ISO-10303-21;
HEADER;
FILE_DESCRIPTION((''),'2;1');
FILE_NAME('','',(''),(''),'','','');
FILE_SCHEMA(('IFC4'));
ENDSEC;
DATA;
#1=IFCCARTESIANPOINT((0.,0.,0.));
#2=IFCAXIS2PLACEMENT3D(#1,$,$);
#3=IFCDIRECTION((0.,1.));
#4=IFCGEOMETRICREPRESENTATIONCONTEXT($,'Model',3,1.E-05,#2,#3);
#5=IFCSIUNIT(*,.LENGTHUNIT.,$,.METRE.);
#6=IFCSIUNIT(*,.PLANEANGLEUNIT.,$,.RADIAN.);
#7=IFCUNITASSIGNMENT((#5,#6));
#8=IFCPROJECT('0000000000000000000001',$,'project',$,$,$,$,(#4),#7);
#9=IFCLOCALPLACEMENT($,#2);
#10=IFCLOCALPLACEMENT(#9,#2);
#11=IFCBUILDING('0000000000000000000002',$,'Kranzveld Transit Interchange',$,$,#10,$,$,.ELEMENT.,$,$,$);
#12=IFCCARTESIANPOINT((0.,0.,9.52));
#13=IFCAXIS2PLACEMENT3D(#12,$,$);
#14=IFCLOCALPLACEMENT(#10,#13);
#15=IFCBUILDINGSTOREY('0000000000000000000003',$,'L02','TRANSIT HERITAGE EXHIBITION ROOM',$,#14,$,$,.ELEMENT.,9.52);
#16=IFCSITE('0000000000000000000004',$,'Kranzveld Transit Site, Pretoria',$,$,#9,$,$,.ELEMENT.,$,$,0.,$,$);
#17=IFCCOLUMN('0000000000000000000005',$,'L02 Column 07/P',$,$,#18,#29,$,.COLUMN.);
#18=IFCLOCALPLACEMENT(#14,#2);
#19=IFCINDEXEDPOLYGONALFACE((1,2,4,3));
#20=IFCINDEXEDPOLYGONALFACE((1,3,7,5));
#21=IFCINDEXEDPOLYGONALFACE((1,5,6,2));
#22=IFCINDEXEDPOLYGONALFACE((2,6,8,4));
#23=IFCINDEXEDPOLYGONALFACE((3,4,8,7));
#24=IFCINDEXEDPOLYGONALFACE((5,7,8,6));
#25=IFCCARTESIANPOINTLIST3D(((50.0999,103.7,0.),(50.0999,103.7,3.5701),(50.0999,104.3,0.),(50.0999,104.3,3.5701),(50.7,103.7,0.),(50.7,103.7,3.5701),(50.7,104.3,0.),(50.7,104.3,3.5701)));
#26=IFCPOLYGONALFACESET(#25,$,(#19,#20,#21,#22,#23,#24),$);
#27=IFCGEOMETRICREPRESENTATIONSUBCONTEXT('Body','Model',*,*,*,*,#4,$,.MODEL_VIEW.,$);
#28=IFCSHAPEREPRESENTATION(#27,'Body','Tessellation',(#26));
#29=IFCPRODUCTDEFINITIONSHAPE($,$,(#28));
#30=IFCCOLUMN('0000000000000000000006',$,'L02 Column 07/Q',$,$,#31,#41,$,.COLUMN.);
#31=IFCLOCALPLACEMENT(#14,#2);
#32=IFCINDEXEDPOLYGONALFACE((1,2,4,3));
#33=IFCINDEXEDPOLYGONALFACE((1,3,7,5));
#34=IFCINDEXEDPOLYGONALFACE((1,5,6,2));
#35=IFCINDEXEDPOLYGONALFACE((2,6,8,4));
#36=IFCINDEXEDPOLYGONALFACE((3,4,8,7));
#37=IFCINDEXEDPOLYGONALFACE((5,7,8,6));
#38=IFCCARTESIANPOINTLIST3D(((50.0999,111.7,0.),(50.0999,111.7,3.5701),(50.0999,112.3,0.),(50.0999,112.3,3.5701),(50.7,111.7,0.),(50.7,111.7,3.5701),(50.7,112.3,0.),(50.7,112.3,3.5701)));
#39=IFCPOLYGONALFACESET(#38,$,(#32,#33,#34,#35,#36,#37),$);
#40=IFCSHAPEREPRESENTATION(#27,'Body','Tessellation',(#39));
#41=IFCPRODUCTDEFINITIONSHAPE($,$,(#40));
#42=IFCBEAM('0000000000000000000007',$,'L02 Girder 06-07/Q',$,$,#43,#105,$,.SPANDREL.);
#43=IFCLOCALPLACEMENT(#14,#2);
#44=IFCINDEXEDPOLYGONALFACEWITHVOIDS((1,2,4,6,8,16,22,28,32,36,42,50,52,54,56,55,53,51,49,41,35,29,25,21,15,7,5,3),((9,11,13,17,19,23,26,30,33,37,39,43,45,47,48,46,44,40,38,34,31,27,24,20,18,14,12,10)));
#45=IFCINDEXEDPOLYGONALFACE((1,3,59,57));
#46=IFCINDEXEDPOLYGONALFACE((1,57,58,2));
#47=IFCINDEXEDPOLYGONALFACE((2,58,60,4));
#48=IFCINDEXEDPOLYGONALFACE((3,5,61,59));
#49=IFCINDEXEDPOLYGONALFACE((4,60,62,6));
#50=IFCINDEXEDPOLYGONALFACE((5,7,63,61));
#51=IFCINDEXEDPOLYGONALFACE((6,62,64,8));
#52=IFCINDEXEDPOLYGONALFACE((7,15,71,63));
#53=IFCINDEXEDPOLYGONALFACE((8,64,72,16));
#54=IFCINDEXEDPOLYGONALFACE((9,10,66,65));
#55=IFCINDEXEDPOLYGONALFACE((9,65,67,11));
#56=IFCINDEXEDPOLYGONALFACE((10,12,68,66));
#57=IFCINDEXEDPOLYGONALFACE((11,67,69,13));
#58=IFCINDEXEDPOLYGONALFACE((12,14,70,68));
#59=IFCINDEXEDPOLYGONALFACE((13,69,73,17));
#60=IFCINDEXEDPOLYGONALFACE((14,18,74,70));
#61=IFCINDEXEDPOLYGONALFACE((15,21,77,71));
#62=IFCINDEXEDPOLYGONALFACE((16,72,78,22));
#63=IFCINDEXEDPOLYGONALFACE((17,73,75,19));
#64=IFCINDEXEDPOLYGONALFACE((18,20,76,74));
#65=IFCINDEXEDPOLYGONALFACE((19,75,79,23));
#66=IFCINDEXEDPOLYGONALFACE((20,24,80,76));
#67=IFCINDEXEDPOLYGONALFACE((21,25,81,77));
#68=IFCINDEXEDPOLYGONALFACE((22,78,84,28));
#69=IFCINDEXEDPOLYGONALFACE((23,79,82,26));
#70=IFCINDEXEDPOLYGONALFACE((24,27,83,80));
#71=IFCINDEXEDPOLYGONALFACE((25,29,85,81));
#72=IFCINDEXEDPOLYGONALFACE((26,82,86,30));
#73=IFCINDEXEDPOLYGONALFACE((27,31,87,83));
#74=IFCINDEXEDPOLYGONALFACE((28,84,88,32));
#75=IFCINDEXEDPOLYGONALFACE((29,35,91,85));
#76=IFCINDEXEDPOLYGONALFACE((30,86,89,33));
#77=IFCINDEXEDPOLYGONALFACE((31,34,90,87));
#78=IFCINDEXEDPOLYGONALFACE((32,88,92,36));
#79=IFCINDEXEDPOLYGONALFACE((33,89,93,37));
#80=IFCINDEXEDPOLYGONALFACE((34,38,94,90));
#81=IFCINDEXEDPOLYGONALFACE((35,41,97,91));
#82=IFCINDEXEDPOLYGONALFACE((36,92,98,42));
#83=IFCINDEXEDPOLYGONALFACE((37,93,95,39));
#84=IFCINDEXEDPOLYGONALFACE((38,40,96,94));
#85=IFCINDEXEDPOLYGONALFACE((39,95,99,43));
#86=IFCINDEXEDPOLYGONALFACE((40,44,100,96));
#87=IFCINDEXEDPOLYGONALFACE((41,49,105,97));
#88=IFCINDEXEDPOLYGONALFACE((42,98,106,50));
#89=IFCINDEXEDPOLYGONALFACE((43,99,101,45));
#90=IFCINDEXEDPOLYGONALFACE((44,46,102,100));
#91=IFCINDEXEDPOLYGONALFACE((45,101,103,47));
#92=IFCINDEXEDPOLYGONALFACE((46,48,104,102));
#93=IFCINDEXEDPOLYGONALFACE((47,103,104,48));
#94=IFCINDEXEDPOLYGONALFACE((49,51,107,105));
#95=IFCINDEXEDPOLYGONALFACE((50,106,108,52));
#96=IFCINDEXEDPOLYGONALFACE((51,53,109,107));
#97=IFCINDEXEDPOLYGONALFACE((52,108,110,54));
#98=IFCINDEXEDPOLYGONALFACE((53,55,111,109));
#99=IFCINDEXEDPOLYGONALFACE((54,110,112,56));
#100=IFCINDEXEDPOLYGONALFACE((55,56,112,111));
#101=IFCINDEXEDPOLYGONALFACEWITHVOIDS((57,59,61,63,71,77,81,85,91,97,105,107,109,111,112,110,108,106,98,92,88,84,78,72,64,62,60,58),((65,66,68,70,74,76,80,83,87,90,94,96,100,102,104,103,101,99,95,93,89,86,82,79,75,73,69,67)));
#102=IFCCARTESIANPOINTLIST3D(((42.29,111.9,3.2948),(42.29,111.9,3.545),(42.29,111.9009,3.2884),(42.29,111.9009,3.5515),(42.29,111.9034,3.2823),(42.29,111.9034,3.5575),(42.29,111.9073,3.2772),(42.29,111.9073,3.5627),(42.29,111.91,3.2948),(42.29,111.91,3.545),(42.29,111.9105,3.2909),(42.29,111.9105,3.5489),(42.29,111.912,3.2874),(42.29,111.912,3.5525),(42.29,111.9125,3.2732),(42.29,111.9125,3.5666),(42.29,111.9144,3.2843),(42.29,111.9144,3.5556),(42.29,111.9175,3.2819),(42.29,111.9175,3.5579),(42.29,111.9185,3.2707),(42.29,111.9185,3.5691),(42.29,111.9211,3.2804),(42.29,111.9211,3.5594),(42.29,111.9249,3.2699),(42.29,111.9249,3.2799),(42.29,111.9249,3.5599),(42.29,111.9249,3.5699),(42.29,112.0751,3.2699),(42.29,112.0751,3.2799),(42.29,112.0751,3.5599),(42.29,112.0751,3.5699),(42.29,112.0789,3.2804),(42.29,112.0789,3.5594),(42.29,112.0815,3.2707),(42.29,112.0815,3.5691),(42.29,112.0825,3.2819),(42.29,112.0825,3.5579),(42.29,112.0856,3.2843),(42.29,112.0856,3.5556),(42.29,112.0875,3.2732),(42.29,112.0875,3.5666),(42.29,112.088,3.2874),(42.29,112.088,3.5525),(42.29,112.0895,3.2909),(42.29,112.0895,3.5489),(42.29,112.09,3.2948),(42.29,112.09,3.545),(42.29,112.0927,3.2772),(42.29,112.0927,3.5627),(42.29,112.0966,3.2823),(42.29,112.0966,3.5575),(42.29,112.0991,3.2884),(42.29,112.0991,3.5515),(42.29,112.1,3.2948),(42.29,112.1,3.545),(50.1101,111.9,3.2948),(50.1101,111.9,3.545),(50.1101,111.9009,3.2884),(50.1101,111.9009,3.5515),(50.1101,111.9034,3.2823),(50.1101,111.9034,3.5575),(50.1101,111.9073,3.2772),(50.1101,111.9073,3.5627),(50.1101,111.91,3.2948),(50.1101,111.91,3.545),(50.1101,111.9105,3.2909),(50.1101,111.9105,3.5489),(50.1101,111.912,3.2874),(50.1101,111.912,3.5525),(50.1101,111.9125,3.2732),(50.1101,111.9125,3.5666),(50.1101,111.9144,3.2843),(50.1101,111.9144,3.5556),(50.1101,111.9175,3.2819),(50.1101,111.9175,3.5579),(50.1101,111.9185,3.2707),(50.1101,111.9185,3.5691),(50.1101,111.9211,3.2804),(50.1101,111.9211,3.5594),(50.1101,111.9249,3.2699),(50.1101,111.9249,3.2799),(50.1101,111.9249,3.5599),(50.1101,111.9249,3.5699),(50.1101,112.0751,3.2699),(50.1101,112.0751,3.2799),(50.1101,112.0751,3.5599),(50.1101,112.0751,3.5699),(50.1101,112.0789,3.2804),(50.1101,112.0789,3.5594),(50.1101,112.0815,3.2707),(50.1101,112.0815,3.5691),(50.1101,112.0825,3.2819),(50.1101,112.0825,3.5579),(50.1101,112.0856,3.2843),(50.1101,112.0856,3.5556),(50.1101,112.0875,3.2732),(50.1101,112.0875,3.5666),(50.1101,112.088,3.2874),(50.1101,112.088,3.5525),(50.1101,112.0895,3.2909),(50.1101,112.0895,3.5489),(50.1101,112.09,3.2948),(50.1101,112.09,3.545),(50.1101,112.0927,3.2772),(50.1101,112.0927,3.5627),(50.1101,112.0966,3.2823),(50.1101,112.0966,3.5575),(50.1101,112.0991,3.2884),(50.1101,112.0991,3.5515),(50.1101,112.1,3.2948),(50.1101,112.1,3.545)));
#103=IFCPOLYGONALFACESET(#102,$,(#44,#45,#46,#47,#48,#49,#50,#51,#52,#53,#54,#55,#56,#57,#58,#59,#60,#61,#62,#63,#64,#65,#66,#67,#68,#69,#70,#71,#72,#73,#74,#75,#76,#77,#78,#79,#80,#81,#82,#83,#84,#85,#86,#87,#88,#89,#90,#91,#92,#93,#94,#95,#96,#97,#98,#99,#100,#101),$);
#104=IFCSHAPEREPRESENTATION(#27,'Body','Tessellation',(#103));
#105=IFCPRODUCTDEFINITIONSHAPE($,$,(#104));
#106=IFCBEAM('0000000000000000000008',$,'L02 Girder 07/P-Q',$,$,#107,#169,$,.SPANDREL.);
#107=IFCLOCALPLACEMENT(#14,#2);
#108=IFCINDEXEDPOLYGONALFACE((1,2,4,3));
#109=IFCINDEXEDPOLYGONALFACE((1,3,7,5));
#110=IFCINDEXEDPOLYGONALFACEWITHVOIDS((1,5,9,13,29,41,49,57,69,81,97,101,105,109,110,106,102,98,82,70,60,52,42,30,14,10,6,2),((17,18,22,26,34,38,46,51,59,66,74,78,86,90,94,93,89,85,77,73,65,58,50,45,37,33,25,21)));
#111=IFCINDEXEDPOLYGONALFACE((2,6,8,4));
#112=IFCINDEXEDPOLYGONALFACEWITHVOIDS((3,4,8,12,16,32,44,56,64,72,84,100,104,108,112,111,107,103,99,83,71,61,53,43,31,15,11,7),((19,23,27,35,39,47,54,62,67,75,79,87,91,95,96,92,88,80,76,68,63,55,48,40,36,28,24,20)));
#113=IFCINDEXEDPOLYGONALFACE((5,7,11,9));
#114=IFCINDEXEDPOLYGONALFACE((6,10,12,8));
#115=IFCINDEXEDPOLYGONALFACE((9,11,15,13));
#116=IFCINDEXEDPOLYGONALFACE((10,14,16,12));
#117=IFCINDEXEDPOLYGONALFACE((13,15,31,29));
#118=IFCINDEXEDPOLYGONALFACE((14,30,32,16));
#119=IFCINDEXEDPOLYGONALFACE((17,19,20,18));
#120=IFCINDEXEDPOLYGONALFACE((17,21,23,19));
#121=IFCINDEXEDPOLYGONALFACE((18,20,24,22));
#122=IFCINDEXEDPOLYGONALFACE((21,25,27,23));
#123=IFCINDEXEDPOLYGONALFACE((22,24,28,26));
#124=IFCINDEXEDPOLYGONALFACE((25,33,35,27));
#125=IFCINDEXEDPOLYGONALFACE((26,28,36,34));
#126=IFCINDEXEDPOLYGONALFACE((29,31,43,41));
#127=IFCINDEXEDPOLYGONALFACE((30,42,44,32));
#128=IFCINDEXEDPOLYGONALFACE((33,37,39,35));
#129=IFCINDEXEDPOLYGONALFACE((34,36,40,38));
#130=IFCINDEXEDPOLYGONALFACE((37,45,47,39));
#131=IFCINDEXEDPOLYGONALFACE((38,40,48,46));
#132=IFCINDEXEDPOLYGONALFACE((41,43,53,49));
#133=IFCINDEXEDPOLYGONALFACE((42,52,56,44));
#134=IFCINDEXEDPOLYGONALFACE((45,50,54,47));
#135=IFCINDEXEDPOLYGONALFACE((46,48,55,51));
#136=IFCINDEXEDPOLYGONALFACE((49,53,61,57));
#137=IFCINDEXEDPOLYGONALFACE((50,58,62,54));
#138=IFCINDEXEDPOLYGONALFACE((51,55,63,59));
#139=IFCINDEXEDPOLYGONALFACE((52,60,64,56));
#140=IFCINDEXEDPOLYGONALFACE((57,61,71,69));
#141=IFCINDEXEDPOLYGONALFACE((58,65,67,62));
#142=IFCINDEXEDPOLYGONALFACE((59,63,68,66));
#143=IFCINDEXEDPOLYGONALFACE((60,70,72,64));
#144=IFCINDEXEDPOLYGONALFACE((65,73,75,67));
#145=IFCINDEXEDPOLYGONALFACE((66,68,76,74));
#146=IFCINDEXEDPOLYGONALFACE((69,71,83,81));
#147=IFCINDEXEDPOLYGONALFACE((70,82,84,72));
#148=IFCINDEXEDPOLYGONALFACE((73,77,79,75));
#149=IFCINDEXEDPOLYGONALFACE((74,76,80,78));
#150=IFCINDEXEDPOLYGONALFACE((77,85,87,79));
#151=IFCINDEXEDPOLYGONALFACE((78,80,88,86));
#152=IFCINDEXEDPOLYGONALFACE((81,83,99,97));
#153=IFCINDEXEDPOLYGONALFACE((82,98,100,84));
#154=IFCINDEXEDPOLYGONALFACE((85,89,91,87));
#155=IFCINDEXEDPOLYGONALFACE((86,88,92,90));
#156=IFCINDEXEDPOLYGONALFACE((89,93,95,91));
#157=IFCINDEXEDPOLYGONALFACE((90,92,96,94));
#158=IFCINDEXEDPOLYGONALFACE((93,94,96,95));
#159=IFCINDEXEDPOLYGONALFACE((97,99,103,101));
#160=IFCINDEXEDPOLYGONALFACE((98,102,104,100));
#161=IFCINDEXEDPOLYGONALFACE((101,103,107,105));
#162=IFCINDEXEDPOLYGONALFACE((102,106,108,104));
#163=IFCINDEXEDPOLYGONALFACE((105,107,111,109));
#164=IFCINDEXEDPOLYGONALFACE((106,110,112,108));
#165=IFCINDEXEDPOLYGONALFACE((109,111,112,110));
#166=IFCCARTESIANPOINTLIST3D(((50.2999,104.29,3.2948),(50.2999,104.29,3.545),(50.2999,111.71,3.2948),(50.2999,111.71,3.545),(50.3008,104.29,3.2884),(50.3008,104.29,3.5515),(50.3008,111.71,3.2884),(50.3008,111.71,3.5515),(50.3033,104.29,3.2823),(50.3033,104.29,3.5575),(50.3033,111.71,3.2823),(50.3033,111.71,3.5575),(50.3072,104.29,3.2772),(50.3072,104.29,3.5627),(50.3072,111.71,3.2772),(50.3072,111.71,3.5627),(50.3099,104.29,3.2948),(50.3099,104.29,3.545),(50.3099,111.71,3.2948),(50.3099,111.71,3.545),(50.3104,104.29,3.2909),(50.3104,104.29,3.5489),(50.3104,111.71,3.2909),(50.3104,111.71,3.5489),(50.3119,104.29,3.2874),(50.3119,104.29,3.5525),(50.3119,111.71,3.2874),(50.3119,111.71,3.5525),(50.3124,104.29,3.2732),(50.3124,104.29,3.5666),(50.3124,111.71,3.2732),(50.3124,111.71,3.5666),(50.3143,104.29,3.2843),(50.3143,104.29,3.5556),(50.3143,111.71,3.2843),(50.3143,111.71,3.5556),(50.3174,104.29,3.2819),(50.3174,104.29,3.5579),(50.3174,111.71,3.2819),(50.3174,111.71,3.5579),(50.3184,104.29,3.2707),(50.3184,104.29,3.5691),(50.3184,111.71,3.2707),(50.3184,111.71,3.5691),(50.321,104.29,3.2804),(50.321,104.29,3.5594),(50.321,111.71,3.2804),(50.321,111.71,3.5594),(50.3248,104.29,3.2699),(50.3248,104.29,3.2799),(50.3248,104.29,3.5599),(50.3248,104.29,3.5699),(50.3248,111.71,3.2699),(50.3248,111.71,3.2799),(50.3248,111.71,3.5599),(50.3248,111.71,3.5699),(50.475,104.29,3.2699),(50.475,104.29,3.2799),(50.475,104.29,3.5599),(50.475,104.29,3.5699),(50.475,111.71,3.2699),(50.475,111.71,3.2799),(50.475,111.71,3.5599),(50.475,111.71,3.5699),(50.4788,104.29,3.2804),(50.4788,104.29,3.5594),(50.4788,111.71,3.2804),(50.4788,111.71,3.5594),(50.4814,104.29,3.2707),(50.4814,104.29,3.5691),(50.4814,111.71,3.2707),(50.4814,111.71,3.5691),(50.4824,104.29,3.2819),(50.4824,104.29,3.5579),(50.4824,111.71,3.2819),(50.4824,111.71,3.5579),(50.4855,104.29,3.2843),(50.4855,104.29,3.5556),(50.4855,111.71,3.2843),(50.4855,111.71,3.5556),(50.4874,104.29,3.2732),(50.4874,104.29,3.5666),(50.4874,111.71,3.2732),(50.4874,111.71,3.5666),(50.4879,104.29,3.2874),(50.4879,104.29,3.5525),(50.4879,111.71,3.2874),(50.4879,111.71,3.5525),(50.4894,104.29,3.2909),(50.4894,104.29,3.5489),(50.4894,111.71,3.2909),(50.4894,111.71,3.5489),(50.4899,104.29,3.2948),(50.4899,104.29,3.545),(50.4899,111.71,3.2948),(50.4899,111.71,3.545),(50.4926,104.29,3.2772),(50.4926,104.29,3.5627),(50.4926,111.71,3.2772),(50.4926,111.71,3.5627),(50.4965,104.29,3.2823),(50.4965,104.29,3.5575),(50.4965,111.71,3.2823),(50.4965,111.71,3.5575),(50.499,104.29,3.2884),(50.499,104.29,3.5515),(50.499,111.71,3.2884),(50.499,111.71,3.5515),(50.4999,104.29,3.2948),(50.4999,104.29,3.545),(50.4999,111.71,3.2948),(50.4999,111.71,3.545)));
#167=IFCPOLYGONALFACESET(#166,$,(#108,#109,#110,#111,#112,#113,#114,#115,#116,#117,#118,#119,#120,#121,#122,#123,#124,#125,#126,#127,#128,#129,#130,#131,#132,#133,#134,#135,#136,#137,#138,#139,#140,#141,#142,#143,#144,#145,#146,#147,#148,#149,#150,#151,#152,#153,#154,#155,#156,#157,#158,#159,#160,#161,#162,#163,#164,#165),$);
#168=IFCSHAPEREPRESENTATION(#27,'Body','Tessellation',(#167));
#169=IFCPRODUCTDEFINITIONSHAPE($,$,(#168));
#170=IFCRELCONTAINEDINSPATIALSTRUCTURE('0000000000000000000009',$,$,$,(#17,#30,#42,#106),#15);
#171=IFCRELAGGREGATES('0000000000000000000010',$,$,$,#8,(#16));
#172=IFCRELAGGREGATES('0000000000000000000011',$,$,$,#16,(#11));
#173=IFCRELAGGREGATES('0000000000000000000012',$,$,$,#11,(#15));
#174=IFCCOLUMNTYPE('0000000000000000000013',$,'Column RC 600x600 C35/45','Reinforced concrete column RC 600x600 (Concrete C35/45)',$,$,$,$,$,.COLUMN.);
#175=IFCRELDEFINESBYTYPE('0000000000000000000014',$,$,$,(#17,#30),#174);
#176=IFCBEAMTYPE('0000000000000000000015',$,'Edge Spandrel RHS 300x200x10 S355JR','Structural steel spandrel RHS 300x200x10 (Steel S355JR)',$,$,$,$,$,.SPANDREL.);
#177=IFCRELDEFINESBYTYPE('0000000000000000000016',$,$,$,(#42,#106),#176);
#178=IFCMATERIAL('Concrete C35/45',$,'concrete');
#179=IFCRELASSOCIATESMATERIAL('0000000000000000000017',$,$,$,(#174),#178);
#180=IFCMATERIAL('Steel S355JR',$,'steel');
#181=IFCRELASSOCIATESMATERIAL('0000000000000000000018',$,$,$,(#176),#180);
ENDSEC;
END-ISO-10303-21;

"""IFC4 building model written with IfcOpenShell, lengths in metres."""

from ifc_helpers import new_model, si_unit, direction, frame, origin, origin_2d, place, context, subcontext, project, spatial, rectangle, hollow_rectangle, extrude, material, material_profile, profile_set, type_object, element, save


model = new_model("IFC4")

# Units and contexts
model_context = context("Model", 3, precision=1e-05, world=origin(), true_north=direction((0.0, 1.0)))
body_context = subcontext(model_context, "Body", "Model", "MODEL_VIEW")
ifc_project = project(units=[si_unit("LENGTHUNIT", "METRE"), si_unit("PLANEANGLEUNIT", "RADIAN")], contexts=[model_context])

# Site, building, storey
site_placement = place(None, origin())
site = spatial("IfcSite", under=ifc_project, at=site_placement, Name="Kranzveld Transit Site, Pretoria", CompositionType="ELEMENT", RefElevation=0.0)
building_placement = place(site_placement, origin())
building = spatial("IfcBuilding", under=site, at=building_placement, Name="Kranzveld Transit Interchange", CompositionType="ELEMENT")
storey_placement = place(building_placement, frame((0.0, 0.0, 9.52)))
storey = spatial("IfcBuildingStorey", under=building, at=storey_placement, Name="L02", Description="TRANSIT HERITAGE EXHIBITION ROOM", CompositionType="ELEMENT", Elevation=9.52)

# Columns
ifc_material_1 = material(Name="Concrete C35/45", Category="concrete")
ifc_material_profile_1 = material_profile(ifc_material_1, rectangle(XDim=0.6001, YDim=0.6001, at=origin_2d()), Name="RC 600x600")
ifc_profile_set_1 = profile_set([ifc_material_profile_1], Name="Concrete C35/45")
column_type = type_object("IfcColumnType", Name="Column RC 600x600 C35/45", Description="Reinforced concrete column RC 600x600 (Concrete C35/45)", PredefinedType="COLUMN", material=ifc_profile_set_1)
for number, where, z_axis, x_axis, name in (
    (1, (50.3999, 104.0, 0.0), (0.0, 0.0, 1.0), (1.0, 0.0, 0.0), "L02 Column 07/P"),
    (2, (50.3999, 112.0, 0.0), (0.0, 0.0, 1.0), (1.0, 0.0, 0.0), "L02 Column 07/Q"),
):
    element("IfcColumn", number, at=place(storey_placement, frame(where, z_axis=z_axis, x_axis=x_axis)), inside=storey, type_object=column_type, Name=name, PredefinedType="COLUMN", context=body_context, shape_type="SweptSolid", body=[
        extrude(rectangle(XDim=0.6001, YDim=0.6001, at=origin_2d()), origin(), (0.0, 0.0, 1.0), 3.5701),
    ])

# Beams
ifc_material_2 = material(Name="Steel S355JR", Category="steel")
ifc_material_profile_2 = material_profile(ifc_material_2, hollow_rectangle(XDim=0.2, YDim=0.3, WallThickness=0.01, InnerFilletRadius=0.0149, OuterFilletRadius=0.0249, at=origin_2d()), Name="RHS 300x200x10")
ifc_profile_set_2 = profile_set([ifc_material_profile_2], Name="Steel S355JR")
beam_type_1 = type_object("IfcBeamType", Name="Edge Spandrel RHS 300x200x10 S355JR", Description="Structural steel spandrel RHS 300x200x10 (Steel S355JR)", PredefinedType="SPANDREL", material=ifc_profile_set_2)
beam_1_placement = place(storey_placement, frame((42.29, 112.0, 3.4199), z_axis=(1.0, 0.0, 0.0), x_axis=(0.0, 1.0, 0.0)))
element("IfcBeam", 3, at=beam_1_placement, inside=storey, type_object=beam_type_1, Name="L02 Girder 06-07/Q", PredefinedType="SPANDREL", context=body_context, shape_type="SweptSolid", body=[
    extrude(hollow_rectangle(XDim=0.2, YDim=0.3, WallThickness=0.01, InnerFilletRadius=0.0149, OuterFilletRadius=0.0249, at=origin_2d()), origin(), (0.0, 0.0, 1.0), 7.8201),
])
beam_2_placement = place(storey_placement, frame((50.3999, 104.29, 3.4199), z_axis=(0.0, 1.0, 0.0), x_axis=(-1.0, 0.0, 0.0)))
element("IfcBeam", 4, at=beam_2_placement, inside=storey, type_object=beam_type_1, Name="L02 Girder 07/P-Q", PredefinedType="SPANDREL", context=body_context, shape_type="SweptSolid", body=[
    extrude(hollow_rectangle(XDim=0.2, YDim=0.3, WallThickness=0.01, InnerFilletRadius=0.0149, OuterFilletRadius=0.0249, at=origin_2d()), origin(), (0.0, 0.0, 1.0), 7.4199),
])

save(model, "model.ifc")
